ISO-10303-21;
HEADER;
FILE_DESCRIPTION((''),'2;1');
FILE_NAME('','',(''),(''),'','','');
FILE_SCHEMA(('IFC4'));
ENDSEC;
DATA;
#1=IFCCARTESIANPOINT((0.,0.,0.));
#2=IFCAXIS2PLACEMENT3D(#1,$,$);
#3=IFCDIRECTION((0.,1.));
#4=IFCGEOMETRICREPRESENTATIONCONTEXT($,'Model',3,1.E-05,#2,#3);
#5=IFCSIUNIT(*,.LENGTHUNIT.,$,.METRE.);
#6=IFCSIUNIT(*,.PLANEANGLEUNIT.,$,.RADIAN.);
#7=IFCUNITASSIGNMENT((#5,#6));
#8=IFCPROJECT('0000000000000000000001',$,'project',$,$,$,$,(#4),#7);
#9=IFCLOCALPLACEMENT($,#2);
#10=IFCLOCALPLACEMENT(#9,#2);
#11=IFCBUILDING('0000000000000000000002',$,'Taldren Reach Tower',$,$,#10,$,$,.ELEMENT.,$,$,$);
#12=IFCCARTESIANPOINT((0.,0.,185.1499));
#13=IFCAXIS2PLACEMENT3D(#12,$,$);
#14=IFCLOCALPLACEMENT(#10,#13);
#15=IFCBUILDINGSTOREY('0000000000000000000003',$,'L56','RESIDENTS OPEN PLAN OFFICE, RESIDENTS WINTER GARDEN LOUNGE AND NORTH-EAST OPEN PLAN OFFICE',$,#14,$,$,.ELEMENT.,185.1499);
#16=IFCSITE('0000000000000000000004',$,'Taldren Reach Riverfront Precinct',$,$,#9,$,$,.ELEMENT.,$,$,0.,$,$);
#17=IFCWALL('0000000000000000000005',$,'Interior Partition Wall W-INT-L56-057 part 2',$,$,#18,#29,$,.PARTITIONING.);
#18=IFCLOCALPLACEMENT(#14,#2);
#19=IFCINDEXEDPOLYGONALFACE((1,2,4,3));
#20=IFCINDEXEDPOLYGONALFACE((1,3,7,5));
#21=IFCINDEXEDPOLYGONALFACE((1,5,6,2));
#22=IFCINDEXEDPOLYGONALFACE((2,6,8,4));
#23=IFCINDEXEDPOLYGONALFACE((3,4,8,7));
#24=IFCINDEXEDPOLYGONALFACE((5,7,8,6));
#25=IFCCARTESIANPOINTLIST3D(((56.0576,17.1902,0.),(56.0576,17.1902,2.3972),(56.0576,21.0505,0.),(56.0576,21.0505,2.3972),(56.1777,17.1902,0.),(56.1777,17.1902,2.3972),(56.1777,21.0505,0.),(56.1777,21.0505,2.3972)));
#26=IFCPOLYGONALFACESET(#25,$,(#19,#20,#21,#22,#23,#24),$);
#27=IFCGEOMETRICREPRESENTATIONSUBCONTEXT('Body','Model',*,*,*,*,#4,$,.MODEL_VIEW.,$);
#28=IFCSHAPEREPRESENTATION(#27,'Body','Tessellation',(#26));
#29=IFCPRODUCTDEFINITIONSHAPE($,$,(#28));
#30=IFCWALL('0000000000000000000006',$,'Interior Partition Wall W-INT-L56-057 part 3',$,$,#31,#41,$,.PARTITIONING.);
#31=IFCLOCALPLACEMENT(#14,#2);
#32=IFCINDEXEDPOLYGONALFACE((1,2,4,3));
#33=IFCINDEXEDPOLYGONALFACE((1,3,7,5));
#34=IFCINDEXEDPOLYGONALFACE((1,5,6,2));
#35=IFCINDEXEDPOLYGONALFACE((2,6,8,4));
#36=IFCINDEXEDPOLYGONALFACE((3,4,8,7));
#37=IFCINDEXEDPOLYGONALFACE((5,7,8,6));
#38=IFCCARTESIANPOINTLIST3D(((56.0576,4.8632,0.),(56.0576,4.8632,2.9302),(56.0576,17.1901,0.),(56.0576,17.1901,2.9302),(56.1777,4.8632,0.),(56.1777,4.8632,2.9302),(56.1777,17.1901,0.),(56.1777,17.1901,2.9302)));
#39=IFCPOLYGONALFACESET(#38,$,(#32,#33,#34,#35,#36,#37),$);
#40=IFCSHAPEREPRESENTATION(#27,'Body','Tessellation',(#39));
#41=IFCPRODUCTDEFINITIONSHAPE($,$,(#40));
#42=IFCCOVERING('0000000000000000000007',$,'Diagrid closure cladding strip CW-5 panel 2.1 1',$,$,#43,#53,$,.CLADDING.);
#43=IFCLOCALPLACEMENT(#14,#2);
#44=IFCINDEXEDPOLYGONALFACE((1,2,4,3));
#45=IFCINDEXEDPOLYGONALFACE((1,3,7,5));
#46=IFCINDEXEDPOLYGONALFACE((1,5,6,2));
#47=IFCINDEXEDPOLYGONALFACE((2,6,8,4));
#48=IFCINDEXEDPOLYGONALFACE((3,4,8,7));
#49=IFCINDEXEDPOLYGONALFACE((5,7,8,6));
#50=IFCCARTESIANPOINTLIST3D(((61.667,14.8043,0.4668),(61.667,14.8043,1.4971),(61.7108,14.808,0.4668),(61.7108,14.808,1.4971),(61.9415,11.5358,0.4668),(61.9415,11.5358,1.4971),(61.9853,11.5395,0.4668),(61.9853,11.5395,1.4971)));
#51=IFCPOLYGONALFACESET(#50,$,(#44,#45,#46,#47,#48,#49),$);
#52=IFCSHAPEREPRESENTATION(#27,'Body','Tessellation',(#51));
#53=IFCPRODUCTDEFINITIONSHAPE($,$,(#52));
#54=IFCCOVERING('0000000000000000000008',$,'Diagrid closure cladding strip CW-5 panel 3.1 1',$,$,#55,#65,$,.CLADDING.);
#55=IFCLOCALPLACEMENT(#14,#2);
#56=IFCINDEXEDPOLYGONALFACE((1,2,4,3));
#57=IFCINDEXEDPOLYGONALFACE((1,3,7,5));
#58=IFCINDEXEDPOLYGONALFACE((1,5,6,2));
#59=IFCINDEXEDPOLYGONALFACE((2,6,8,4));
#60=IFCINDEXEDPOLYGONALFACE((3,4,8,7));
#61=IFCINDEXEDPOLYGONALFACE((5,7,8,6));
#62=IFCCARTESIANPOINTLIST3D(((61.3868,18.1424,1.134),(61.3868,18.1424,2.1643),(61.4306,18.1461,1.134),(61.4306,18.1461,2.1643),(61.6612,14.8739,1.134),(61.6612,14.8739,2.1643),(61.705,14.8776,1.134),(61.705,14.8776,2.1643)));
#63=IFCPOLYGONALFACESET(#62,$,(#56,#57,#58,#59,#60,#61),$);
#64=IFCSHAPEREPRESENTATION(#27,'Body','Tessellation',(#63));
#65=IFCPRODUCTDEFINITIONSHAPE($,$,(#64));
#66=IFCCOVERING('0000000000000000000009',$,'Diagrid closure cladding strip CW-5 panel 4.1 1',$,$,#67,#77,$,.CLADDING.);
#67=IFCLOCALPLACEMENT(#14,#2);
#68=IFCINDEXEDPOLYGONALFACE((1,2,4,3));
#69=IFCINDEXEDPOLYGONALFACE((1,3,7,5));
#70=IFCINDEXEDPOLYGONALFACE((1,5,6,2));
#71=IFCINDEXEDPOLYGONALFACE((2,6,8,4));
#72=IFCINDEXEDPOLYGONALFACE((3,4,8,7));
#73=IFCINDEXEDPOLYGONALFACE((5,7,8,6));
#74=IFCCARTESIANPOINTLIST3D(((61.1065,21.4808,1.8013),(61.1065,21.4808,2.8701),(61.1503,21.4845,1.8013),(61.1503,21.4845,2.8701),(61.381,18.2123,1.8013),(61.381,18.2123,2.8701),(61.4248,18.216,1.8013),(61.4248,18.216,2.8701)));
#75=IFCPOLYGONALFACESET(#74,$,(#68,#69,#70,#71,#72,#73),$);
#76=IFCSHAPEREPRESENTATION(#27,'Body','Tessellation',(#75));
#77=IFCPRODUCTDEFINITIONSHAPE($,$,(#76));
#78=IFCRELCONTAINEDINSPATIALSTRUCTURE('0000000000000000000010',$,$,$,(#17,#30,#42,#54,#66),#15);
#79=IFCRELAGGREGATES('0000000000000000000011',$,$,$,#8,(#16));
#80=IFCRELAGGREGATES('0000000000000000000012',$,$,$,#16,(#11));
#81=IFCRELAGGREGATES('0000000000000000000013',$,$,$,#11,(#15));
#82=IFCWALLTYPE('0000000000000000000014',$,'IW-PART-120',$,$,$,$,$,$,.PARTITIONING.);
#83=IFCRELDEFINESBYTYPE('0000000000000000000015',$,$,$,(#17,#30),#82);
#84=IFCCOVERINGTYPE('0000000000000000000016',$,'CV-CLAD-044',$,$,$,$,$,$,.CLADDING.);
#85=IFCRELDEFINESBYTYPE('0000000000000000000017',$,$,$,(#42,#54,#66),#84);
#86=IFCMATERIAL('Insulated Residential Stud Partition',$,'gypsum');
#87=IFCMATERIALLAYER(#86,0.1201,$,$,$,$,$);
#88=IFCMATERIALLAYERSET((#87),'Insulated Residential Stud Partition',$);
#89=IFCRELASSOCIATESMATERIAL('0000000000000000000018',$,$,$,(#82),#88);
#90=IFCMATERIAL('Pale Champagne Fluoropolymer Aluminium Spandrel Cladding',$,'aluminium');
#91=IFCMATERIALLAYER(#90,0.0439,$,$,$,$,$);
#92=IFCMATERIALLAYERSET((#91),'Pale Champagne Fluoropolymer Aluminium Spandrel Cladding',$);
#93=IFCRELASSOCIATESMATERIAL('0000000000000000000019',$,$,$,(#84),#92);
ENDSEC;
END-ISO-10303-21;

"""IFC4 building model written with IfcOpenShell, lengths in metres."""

from ifc_helpers import new_model, si_unit, direction, frame, frame_2d, origin, origin_2d, place, context, subcontext, project, spatial, rectangle, extrude, source, transform, mapped, material, layer, layer_set, type_object, element, save


model = new_model("IFC4")

# Units and contexts
model_context = context("Model", 3, precision=1e-05, world=origin(), true_north=direction((0.0, 1.0)))
body_context = subcontext(model_context, "Body", "Model", "MODEL_VIEW")
ifc_project = project(units=[si_unit("LENGTHUNIT", "METRE"), si_unit("PLANEANGLEUNIT", "RADIAN")], contexts=[model_context])

# Site, building, storey
site_placement = place(None, origin())
site = spatial("IfcSite", under=ifc_project, at=site_placement, Name="Taldren Reach Riverfront Precinct", CompositionType="ELEMENT", RefElevation=0.0)
building_placement = place(site_placement, origin())
building = spatial("IfcBuilding", under=site, at=building_placement, Name="Taldren Reach Tower", CompositionType="ELEMENT")
storey_placement = place(building_placement, frame((0.0, 0.0, 185.1499)))
storey = spatial("IfcBuildingStorey", under=building, at=storey_placement, Name="L56", Description="RESIDENTS OPEN PLAN OFFICE, RESIDENTS WINTER GARDEN LOUNGE AND NORTH-EAST OPEN PLAN OFFICE", CompositionType="ELEMENT", Elevation=185.1499)

# Walls
ifc_material_1 = material(Name="Insulated Residential Stud Partition", Category="gypsum")
ifc_layer_1 = layer(ifc_material_1, 0.1201)
ifc_layer_set_1 = layer_set([ifc_layer_1], Name="Insulated Residential Stud Partition")
wall_type_1 = type_object("IfcWallType", Name="IW-PART-120", PredefinedType="PARTITIONING", material=ifc_layer_set_1)
shared_shape_1 = source(origin(), body_context, "Body", "SweptSolid", [
    extrude(rectangle(XDim=3.8604, YDim=0.1201, at=frame_2d((1.9302, 0.0))), origin(), (0.0, 0.0, 1.0), 2.3972),
])
wall_1_placement = place(storey_placement, frame((56.1177, 21.0505, 0.0), z_axis=(0.0, 0.0, 1.0), x_axis=(0.0, -1.0, 0.0)))
element("IfcWall", 1, at=wall_1_placement, inside=storey, type_object=wall_type_1, Name="Interior Partition Wall W-INT-L56-057 part 2", PredefinedType="PARTITIONING", context=body_context, shape_type="MappedRepresentation", body=[
    mapped(shared_shape_1, transform((0.0, 0.0, 0.0), scale=1.0)),
])
shared_shape_2 = source(origin(), body_context, "Body", "SweptSolid", [
    extrude(rectangle(XDim=12.3269, YDim=0.1201, at=frame_2d((6.1636, 0.0))), origin(), (0.0, 0.0, 1.0), 2.9302),
])
wall_2_placement = place(storey_placement, frame((56.1177, 17.1902, 0.0), z_axis=(0.0, 0.0, 1.0), x_axis=(0.0, -1.0, 0.0)))
element("IfcWall", 2, at=wall_2_placement, inside=storey, type_object=wall_type_1, Name="Interior Partition Wall W-INT-L56-057 part 3", PredefinedType="PARTITIONING", context=body_context, shape_type="MappedRepresentation", body=[
    mapped(shared_shape_2, transform((0.0, 0.0, 0.0), scale=1.0)),
])

# Coverings
ifc_material_2 = material(Name="Pale Champagne Fluoropolymer Aluminium Spandrel Cladding", Category="aluminium")
ifc_layer_2 = layer(ifc_material_2, 0.0439)
ifc_layer_set_2 = layer_set([ifc_layer_2], Name="Pale Champagne Fluoropolymer Aluminium Spandrel Cladding")
covering_type = type_object("IfcCoveringType", Name="CV-CLAD-044", PredefinedType="CLADDING", material=ifc_layer_set_2)
shared_shape_3 = source(origin(), body_context, "Body", "SweptSolid", [
    extrude(rectangle(XDim=3.28, YDim=0.0439, at=origin_2d()), origin(), (0.0, 0.0, 1.0), 1.0303),
])
for number, where, z_axis, x_axis, name in (
    (3, (61.8262, 13.1719, 0.4668), (0.0, 0.0, 1.0), (-0.083678, 0.996493, 0.0), "Diagrid closure cladding strip CW-5 panel 2.1 1"),
    (4, (61.5459, 16.51, 1.134), (0.0, 0.0, 1.0), (-0.083678, 0.996493, 0.0), "Diagrid closure cladding strip CW-5 panel 3.1 1"),
):
    element("IfcCovering", number, at=place(storey_placement, frame(where, z_axis=z_axis, x_axis=x_axis)), inside=storey, type_object=covering_type, Name=name, PredefinedType="CLADDING", context=body_context, shape_type="MappedRepresentation", body=[
        mapped(shared_shape_3, transform((0.0, 0.0, 0.0), scale=1.0)),
    ])
shared_shape_4 = source(origin(), body_context, "Body", "SweptSolid", [
    extrude(rectangle(XDim=3.28, YDim=0.0439, at=origin_2d()), origin(), (0.0, 0.0, 1.0), 1.0688),
])
covering_placement = place(storey_placement, frame((61.2656, 19.8484, 1.8013), z_axis=(0.0, 0.0, 1.0), x_axis=(-0.083678, 0.996493, 0.0)))
element("IfcCovering", 5, at=covering_placement, inside=storey, type_object=covering_type, Name="Diagrid closure cladding strip CW-5 panel 4.1 1", PredefinedType="CLADDING", context=body_context, shape_type="MappedRepresentation", body=[
    mapped(shared_shape_4, transform((0.0, 0.0, 0.0), scale=1.0)),
])

save(model, "model.ifc")
